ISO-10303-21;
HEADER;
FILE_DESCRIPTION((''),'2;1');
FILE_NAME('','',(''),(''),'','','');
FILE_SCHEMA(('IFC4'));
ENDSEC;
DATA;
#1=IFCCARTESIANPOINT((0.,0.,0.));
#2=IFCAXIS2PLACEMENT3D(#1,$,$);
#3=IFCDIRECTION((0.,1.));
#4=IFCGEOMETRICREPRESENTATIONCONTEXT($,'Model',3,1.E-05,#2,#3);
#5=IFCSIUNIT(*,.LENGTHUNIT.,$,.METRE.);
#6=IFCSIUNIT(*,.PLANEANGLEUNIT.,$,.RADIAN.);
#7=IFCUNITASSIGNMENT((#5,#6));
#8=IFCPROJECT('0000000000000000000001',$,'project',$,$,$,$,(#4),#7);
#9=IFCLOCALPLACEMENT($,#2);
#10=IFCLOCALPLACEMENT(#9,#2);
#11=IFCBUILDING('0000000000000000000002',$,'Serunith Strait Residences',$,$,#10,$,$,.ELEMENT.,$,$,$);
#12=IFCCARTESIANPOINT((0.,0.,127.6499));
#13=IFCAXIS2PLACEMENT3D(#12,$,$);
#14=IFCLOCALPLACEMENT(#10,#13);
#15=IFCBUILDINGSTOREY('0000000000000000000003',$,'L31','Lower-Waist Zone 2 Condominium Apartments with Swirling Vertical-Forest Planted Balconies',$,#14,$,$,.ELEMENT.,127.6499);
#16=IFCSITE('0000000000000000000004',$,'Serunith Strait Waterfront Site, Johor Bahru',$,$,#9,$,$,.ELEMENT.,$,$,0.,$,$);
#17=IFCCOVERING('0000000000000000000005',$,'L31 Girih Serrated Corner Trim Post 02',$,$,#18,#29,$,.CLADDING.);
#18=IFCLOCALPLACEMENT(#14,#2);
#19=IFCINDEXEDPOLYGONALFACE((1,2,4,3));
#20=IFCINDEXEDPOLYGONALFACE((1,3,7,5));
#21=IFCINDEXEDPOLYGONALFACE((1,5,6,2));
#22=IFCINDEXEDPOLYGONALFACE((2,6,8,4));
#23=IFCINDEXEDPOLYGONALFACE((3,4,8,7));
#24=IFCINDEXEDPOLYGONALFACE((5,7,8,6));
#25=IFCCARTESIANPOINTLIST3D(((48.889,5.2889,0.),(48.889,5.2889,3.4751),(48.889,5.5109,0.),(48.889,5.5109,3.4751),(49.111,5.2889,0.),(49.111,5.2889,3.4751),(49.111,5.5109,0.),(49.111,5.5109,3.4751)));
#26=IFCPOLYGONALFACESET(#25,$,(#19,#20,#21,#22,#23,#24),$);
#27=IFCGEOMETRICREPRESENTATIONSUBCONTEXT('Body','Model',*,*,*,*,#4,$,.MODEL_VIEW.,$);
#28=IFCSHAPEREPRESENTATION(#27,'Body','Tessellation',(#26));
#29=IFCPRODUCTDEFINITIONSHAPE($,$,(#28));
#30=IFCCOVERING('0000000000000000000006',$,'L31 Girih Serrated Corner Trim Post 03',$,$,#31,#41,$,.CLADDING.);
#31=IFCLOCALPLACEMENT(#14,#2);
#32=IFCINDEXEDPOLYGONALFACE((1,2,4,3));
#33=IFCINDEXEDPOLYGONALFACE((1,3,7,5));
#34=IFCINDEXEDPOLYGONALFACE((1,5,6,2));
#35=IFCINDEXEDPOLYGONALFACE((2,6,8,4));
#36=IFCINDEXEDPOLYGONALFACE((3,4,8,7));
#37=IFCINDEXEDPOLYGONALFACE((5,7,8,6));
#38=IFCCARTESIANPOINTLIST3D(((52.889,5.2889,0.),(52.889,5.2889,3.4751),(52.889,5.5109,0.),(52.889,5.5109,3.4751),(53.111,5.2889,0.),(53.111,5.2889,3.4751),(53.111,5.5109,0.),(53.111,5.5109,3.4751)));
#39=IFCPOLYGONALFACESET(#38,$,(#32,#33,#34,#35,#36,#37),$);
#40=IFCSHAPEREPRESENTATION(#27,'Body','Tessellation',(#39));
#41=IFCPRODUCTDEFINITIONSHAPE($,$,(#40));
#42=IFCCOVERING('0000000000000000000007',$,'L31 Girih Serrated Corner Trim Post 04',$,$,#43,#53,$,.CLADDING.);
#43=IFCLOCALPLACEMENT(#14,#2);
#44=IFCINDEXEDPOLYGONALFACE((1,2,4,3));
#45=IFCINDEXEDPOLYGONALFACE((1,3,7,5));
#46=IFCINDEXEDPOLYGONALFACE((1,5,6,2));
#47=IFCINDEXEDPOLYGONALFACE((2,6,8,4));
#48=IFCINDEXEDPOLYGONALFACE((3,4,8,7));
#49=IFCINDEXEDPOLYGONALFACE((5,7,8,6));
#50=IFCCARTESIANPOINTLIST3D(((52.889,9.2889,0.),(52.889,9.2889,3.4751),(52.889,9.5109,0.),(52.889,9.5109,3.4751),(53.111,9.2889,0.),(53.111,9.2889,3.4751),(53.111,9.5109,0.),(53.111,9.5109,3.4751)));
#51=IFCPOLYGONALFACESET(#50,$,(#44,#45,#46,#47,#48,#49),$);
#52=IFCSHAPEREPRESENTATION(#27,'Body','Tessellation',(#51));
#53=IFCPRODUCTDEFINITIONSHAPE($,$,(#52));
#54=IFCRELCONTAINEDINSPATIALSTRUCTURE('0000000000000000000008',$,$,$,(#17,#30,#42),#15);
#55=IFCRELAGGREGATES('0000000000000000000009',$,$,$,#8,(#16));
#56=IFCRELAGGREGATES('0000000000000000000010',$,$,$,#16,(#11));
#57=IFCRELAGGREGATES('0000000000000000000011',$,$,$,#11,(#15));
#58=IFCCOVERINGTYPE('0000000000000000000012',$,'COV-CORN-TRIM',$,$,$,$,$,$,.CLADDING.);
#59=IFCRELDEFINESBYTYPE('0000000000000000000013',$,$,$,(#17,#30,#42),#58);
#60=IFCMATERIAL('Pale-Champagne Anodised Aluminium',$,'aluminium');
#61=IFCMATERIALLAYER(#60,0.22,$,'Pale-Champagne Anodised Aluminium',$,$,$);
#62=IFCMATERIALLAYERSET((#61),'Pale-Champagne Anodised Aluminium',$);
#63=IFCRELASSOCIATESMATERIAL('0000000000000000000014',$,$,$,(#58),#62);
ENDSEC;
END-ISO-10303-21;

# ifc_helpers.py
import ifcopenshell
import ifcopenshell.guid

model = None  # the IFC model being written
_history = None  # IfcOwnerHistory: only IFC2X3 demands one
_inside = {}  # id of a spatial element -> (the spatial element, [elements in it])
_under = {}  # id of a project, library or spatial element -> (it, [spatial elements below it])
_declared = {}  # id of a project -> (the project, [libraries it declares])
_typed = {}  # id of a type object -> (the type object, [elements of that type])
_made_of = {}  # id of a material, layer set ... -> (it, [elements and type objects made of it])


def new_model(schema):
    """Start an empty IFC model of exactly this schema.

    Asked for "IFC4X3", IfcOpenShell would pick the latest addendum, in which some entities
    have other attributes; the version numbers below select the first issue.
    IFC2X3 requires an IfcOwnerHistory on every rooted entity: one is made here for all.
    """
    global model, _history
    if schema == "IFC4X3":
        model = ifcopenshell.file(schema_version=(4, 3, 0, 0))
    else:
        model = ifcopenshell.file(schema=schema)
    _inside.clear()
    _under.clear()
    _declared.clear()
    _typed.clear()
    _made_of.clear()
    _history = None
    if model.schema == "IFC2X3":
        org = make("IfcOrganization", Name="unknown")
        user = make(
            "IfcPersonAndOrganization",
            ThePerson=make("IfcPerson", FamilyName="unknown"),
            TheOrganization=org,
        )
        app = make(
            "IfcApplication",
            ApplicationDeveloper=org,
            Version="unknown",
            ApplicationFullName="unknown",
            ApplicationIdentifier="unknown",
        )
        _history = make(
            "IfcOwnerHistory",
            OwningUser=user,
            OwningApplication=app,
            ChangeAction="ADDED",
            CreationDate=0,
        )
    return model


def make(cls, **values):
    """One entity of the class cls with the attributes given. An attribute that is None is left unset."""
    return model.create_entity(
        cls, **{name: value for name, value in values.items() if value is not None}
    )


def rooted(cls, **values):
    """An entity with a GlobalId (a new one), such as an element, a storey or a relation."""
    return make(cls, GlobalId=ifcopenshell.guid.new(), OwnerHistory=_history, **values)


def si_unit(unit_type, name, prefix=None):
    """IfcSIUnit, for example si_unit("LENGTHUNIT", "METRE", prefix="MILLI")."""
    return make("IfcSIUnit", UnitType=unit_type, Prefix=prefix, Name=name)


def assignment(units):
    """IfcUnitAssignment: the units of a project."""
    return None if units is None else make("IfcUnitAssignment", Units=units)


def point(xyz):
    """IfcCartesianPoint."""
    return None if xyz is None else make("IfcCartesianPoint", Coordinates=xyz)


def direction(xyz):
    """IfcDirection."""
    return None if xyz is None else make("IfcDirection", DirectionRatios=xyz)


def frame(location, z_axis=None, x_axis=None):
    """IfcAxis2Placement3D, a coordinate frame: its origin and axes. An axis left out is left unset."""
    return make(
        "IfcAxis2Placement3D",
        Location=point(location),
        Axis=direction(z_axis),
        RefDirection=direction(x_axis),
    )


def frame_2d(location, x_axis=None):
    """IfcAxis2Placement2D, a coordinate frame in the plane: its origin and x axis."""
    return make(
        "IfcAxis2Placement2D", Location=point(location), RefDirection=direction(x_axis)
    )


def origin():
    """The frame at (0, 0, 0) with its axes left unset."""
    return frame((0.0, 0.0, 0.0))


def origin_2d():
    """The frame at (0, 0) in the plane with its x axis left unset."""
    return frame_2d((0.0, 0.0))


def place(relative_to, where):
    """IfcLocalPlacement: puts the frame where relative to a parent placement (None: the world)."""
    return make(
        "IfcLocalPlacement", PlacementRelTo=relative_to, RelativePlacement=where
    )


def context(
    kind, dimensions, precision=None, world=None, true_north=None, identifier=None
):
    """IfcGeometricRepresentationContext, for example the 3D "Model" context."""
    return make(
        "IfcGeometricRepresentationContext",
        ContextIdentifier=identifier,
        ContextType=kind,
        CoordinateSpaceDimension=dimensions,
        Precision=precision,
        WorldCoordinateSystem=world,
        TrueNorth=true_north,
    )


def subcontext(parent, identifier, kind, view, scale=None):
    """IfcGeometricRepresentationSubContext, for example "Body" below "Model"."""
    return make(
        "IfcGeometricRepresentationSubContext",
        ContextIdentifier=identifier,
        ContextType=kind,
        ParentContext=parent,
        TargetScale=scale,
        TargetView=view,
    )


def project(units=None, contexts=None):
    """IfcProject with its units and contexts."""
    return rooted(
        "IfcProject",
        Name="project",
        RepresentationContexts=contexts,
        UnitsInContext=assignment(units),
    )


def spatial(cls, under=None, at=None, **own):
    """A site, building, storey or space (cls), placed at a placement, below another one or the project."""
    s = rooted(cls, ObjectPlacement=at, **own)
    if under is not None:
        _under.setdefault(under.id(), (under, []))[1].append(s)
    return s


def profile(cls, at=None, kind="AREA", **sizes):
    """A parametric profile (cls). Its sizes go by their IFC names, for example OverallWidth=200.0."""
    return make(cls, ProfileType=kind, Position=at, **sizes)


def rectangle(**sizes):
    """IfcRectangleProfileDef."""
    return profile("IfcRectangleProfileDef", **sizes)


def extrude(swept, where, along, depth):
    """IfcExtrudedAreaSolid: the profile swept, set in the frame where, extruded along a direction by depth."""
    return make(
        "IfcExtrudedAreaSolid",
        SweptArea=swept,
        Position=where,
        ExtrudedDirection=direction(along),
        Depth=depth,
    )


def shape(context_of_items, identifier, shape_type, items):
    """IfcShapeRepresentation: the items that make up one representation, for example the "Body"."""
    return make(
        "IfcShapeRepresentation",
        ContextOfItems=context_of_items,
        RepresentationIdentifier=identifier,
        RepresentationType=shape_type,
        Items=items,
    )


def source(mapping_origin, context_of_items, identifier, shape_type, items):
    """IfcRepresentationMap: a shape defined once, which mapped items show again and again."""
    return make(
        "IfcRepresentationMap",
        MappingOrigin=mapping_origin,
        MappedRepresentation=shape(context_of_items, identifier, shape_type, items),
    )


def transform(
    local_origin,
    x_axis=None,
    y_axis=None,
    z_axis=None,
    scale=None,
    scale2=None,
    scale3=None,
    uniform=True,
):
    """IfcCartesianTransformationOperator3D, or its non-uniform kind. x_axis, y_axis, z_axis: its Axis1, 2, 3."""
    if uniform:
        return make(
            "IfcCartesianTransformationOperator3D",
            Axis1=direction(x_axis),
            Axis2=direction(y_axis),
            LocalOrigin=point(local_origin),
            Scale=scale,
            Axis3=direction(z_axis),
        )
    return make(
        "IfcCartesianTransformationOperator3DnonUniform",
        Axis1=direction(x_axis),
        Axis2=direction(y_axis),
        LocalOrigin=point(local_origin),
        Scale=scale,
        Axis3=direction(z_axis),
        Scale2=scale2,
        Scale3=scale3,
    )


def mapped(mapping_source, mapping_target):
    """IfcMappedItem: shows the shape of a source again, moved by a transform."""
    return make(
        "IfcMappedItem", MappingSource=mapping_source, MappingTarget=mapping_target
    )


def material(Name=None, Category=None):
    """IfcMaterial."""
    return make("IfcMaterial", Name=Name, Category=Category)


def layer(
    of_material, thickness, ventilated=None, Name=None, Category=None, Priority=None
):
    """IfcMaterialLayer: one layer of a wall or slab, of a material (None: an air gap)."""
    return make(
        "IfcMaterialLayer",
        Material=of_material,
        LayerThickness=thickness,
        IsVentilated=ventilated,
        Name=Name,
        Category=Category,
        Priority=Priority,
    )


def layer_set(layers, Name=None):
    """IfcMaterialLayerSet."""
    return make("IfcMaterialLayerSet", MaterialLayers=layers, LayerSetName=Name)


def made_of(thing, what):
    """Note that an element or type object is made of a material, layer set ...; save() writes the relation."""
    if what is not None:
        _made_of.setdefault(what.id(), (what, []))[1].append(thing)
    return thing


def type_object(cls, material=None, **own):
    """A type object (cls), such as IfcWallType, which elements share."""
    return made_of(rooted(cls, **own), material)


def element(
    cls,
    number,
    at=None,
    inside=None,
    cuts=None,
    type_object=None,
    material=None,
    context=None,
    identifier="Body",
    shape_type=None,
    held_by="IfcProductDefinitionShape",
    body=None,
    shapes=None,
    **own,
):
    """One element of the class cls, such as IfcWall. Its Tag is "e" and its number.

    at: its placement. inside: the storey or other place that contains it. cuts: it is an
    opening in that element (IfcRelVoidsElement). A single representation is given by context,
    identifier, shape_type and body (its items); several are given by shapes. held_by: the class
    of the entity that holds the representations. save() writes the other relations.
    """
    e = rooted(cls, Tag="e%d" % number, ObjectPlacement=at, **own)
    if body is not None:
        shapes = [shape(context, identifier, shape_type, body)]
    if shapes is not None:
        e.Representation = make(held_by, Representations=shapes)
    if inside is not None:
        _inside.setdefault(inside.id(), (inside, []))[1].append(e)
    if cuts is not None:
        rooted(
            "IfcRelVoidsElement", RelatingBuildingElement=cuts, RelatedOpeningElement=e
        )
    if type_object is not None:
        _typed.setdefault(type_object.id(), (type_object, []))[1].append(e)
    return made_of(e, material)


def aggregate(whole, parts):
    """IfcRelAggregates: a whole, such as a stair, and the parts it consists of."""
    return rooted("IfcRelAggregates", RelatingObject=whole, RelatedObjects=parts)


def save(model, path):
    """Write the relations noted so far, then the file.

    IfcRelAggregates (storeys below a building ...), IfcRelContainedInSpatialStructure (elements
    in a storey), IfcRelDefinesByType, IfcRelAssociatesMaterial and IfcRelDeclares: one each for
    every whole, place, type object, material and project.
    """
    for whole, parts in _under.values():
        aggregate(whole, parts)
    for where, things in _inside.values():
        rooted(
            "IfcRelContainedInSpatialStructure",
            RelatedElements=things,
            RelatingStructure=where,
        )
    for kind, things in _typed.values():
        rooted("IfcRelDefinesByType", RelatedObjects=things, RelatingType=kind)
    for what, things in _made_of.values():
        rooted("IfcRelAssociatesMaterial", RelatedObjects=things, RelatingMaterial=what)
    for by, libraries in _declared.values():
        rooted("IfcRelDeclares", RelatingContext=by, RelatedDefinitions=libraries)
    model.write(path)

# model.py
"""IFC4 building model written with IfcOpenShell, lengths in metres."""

from ifc_helpers import new_model, si_unit, direction, frame, origin, origin_2d, place, context, subcontext, project, spatial, rectangle, extrude, source, transform, mapped, material, layer, layer_set, type_object, element, save


model = new_model("IFC4")

# Units and contexts
model_context = context("Model", 3, precision=1e-05, world=origin(), true_north=direction((0.0, 1.0)))
body_context = subcontext(model_context, "Body", "Model", "MODEL_VIEW")
ifc_project = project(units=[si_unit("LENGTHUNIT", "METRE"), si_unit("PLANEANGLEUNIT", "RADIAN")], contexts=[model_context])

# Site, building, storey
site_placement = place(None, origin())
site = spatial("IfcSite", under=ifc_project, at=site_placement, Name="Serunith Strait Waterfront Site, Johor Bahru", CompositionType="ELEMENT", RefElevation=0.0)
building_placement = place(site_placement, origin())
building = spatial("IfcBuilding", under=site, at=building_placement, Name="Serunith Strait Residences", CompositionType="ELEMENT")
storey_placement = place(building_placement, frame((0.0, 0.0, 127.6499)))
storey = spatial("IfcBuildingStorey", under=building, at=storey_placement, Name="L31", Description="Lower-Waist Zone 2 Condominium Apartments with Swirling Vertical-Forest Planted Balconies", CompositionType="ELEMENT", Elevation=127.6499)

# Shared definitions
ifc_material_1 = material(Name="Pale-Champagne Anodised Aluminium", Category="aluminium")

# Coverings
ifc_layer_1 = layer(ifc_material_1, 0.22, Name="Pale-Champagne Anodised Aluminium")
ifc_layer_set_1 = layer_set([ifc_layer_1], Name="Pale-Champagne Anodised Aluminium")
covering_type = type_object("IfcCoveringType", Name="COV-CORN-TRIM", PredefinedType="CLADDING", material=ifc_layer_set_1)
shared_shape_1 = source(origin(), body_context, "Body", "SweptSolid", [
    extrude(rectangle(XDim=0.2219, YDim=0.2219, at=origin_2d()), origin(), (0.0, 0.0, 1.0), 3.4751),
])
for number, where, z_axis, x_axis, name in (
    (1, (49.0, 5.3999, 0.0), (0.0, 0.0, 1.0), (1.0, 0.0, 0.0), "L31 Girih Serrated Corner Trim Post 02"),
    (2, (53.0, 5.3999, 0.0), (0.0, 0.0, 1.0), (1.0, 0.0, 0.0), "L31 Girih Serrated Corner Trim Post 03"),
    (3, (53.0, 9.3999, 0.0), (0.0, 0.0, 1.0), (1.0, 0.0, 0.0), "L31 Girih Serrated Corner Trim Post 04"),
):
    element("IfcCovering", number, at=place(storey_placement, frame(where, z_axis=z_axis, x_axis=x_axis)), inside=storey, type_object=covering_type, Name=name, PredefinedType="CLADDING", context=body_context, shape_type="MappedRepresentation", body=[
        mapped(shared_shape_1, transform((0.0, 0.0, 0.0), scale=1.0)),
    ])

save(model, "model.ifc")
